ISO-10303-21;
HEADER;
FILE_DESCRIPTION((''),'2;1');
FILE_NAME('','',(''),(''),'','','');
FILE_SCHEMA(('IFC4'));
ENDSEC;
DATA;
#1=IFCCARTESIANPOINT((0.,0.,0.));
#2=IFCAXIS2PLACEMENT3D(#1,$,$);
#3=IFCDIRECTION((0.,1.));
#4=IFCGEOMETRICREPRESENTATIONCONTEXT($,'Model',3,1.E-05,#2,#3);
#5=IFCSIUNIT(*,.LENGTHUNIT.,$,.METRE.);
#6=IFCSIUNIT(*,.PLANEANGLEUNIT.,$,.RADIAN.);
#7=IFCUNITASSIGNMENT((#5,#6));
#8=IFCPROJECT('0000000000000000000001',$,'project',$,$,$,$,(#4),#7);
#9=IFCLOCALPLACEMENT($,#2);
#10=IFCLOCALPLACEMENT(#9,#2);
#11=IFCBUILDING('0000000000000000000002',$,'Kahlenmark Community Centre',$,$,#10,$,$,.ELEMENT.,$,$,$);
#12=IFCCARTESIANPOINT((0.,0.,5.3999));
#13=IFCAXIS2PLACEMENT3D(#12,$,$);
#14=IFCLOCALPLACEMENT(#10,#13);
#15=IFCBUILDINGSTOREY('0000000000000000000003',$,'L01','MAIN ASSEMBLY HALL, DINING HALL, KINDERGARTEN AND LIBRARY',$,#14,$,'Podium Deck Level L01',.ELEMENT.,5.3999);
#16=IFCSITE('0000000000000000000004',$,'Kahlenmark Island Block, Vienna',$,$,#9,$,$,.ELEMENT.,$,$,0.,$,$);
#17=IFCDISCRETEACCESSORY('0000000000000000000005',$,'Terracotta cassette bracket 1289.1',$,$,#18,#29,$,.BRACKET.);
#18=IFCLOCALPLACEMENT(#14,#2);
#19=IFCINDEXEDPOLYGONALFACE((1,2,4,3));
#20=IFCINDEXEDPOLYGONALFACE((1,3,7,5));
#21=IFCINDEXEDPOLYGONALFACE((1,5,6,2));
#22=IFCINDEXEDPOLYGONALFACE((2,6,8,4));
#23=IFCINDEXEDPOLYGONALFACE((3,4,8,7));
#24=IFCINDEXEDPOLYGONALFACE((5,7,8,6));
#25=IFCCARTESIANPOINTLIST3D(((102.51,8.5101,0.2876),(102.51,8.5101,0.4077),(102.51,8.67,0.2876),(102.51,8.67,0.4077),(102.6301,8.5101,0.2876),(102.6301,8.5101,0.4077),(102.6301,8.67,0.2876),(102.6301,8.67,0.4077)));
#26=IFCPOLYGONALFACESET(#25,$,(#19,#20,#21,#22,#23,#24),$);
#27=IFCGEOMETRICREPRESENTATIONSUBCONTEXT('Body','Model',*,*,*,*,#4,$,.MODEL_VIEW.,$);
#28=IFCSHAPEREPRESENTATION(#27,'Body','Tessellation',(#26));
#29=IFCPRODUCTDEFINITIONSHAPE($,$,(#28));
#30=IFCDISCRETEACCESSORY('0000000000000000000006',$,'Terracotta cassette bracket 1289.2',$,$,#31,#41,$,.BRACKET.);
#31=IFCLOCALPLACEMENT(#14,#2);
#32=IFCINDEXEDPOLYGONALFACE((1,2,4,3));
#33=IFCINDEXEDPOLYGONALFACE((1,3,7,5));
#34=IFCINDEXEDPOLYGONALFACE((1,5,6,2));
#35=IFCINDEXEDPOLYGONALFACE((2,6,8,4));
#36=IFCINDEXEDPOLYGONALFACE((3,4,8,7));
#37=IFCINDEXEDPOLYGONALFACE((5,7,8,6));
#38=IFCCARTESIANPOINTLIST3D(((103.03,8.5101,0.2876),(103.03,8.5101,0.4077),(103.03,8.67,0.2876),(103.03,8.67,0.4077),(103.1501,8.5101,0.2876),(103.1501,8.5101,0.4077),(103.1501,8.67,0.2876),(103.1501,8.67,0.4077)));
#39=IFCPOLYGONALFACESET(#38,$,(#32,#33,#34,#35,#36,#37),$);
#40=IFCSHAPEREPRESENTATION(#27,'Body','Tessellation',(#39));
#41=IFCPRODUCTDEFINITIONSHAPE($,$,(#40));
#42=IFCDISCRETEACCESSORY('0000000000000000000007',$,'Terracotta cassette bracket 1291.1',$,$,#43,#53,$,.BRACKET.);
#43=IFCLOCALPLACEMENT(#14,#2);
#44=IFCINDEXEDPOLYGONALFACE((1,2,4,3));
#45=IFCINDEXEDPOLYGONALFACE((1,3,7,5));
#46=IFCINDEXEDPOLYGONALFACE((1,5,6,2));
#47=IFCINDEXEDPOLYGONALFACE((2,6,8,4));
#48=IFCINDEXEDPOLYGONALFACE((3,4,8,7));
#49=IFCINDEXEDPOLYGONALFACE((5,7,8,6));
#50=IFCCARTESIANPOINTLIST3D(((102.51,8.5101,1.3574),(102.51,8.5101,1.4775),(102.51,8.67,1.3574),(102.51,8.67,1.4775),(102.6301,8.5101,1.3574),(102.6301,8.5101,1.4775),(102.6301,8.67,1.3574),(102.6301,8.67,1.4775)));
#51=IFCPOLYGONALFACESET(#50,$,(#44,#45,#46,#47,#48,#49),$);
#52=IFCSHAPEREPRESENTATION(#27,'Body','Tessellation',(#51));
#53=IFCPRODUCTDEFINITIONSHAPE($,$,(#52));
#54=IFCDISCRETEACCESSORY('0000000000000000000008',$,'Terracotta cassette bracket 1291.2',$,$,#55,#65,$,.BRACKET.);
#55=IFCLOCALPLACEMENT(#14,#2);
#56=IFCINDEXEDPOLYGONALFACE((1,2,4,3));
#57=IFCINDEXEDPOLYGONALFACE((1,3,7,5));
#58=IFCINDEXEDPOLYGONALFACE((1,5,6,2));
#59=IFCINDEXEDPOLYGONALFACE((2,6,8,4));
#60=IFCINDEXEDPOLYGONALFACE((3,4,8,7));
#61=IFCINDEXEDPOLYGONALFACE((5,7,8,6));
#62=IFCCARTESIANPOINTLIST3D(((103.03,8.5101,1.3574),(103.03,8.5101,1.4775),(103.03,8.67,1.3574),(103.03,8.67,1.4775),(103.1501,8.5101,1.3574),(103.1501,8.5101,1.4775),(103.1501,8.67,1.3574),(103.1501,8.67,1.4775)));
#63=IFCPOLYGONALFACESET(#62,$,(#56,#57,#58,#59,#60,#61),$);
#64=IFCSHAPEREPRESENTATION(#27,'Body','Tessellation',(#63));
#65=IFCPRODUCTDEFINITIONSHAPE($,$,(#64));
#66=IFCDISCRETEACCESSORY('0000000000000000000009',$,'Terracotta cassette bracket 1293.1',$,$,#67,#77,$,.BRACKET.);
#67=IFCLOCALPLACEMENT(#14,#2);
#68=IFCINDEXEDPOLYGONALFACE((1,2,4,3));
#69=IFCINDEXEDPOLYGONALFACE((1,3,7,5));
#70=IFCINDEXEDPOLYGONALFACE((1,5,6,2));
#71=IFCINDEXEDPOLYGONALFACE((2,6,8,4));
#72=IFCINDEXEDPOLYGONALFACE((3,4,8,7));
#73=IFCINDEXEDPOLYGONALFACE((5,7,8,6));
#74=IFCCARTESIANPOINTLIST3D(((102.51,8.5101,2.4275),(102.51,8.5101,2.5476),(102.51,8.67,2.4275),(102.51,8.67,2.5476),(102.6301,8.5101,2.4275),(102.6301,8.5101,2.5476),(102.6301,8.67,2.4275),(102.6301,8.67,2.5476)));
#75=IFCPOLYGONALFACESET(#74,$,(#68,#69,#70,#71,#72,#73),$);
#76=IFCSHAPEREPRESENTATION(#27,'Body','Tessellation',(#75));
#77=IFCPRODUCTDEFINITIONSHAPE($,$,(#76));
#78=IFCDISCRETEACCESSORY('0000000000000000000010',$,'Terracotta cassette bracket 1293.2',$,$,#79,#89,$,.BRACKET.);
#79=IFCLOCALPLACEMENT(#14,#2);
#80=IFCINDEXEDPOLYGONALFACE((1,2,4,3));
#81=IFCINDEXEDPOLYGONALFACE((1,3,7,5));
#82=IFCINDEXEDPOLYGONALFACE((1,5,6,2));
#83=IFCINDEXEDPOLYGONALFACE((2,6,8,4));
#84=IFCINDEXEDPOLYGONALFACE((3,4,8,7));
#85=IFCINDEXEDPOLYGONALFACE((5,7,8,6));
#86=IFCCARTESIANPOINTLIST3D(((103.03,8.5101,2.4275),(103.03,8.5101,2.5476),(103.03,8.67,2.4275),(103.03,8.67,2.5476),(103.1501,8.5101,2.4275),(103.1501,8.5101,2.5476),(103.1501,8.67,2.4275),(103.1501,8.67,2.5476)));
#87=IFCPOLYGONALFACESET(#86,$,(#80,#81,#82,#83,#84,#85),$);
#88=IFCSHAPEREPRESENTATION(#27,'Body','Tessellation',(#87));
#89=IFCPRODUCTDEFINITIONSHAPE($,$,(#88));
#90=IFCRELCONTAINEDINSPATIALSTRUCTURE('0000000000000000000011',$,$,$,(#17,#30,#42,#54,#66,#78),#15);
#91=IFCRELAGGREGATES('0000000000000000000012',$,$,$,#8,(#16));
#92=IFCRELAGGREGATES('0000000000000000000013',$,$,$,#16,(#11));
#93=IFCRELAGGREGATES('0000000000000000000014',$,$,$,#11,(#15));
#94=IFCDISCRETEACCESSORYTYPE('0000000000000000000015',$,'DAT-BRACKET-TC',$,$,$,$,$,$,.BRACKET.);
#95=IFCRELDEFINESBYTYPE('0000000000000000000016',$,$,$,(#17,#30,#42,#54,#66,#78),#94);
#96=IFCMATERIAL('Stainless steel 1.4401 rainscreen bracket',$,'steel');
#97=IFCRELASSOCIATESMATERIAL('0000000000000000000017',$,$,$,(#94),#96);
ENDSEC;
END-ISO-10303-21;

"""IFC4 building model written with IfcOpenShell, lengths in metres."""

from ifc_helpers import new_model, si_unit, direction, frame, origin, origin_2d, place, context, subcontext, project, spatial, rectangle, extrude, material, type_object, element, save


model = new_model("IFC4")

# Units and contexts
model_context = context("Model", 3, precision=1e-05, world=origin(), true_north=direction((0.0, 1.0)))
body_context = subcontext(model_context, "Body", "Model", "MODEL_VIEW")
ifc_project = project(units=[si_unit("LENGTHUNIT", "METRE"), si_unit("PLANEANGLEUNIT", "RADIAN")], contexts=[model_context])

# Site, building, storey
site_placement = place(None, origin())
site = spatial("IfcSite", under=ifc_project, at=site_placement, Name="Kahlenmark Island Block, Vienna", CompositionType="ELEMENT", RefElevation=0.0)
building_placement = place(site_placement, origin())
building = spatial("IfcBuilding", under=site, at=building_placement, Name="Kahlenmark Community Centre", CompositionType="ELEMENT")
storey_placement = place(building_placement, frame((0.0, 0.0, 5.3999)))
storey = spatial("IfcBuildingStorey", under=building, at=storey_placement, Name="L01", Description="MAIN ASSEMBLY HALL, DINING HALL, KINDERGARTEN AND LIBRARY", LongName="Podium Deck Level L01", CompositionType="ELEMENT", Elevation=5.3999)

# Discrete accessories
ifc_material_1 = material(Name="Stainless steel 1.4401 rainscreen bracket", Category="steel")
discrete_accessory_type = type_object("IfcDiscreteAccessoryType", Name="DAT-BRACKET-TC", PredefinedType="BRACKET", material=ifc_material_1)
for number, where, z_axis, x_axis, name in (
    (1, (102.5701, 8.5901, 0.2876), (0.0, 0.0, 1.0), (1.0, 0.0, 0.0), "Terracotta cassette bracket 1289.1"),
    (2, (103.0901, 8.5901, 0.2876), (0.0, 0.0, 1.0), (1.0, 0.0, 0.0), "Terracotta cassette bracket 1289.2"),
    (3, (102.5701, 8.5901, 1.3574), (0.0, 0.0, 1.0), (1.0, 0.0, 0.0), "Terracotta cassette bracket 1291.1"),
    (4, (103.0901, 8.5901, 1.3574), (0.0, 0.0, 1.0), (1.0, 0.0, 0.0), "Terracotta cassette bracket 1291.2"),
    (5, (102.5701, 8.5901, 2.4275), (0.0, 0.0, 1.0), (1.0, 0.0, 0.0), "Terracotta cassette bracket 1293.1"),
    (6, (103.0901, 8.5901, 2.4275), (0.0, 0.0, 1.0), (1.0, 0.0, 0.0), "Terracotta cassette bracket 1293.2"),
):
    element("IfcDiscreteAccessory", number, at=place(storey_placement, frame(where, z_axis=z_axis, x_axis=x_axis)), inside=storey, type_object=discrete_accessory_type, Name=name, PredefinedType="BRACKET", context=body_context, shape_type="SweptSolid", body=[
        extrude(rectangle(XDim=0.1201, YDim=0.1599, at=origin_2d()), origin(), (0.0, 0.0, 1.0), 0.1201),
    ])

save(model, "model.ifc")
